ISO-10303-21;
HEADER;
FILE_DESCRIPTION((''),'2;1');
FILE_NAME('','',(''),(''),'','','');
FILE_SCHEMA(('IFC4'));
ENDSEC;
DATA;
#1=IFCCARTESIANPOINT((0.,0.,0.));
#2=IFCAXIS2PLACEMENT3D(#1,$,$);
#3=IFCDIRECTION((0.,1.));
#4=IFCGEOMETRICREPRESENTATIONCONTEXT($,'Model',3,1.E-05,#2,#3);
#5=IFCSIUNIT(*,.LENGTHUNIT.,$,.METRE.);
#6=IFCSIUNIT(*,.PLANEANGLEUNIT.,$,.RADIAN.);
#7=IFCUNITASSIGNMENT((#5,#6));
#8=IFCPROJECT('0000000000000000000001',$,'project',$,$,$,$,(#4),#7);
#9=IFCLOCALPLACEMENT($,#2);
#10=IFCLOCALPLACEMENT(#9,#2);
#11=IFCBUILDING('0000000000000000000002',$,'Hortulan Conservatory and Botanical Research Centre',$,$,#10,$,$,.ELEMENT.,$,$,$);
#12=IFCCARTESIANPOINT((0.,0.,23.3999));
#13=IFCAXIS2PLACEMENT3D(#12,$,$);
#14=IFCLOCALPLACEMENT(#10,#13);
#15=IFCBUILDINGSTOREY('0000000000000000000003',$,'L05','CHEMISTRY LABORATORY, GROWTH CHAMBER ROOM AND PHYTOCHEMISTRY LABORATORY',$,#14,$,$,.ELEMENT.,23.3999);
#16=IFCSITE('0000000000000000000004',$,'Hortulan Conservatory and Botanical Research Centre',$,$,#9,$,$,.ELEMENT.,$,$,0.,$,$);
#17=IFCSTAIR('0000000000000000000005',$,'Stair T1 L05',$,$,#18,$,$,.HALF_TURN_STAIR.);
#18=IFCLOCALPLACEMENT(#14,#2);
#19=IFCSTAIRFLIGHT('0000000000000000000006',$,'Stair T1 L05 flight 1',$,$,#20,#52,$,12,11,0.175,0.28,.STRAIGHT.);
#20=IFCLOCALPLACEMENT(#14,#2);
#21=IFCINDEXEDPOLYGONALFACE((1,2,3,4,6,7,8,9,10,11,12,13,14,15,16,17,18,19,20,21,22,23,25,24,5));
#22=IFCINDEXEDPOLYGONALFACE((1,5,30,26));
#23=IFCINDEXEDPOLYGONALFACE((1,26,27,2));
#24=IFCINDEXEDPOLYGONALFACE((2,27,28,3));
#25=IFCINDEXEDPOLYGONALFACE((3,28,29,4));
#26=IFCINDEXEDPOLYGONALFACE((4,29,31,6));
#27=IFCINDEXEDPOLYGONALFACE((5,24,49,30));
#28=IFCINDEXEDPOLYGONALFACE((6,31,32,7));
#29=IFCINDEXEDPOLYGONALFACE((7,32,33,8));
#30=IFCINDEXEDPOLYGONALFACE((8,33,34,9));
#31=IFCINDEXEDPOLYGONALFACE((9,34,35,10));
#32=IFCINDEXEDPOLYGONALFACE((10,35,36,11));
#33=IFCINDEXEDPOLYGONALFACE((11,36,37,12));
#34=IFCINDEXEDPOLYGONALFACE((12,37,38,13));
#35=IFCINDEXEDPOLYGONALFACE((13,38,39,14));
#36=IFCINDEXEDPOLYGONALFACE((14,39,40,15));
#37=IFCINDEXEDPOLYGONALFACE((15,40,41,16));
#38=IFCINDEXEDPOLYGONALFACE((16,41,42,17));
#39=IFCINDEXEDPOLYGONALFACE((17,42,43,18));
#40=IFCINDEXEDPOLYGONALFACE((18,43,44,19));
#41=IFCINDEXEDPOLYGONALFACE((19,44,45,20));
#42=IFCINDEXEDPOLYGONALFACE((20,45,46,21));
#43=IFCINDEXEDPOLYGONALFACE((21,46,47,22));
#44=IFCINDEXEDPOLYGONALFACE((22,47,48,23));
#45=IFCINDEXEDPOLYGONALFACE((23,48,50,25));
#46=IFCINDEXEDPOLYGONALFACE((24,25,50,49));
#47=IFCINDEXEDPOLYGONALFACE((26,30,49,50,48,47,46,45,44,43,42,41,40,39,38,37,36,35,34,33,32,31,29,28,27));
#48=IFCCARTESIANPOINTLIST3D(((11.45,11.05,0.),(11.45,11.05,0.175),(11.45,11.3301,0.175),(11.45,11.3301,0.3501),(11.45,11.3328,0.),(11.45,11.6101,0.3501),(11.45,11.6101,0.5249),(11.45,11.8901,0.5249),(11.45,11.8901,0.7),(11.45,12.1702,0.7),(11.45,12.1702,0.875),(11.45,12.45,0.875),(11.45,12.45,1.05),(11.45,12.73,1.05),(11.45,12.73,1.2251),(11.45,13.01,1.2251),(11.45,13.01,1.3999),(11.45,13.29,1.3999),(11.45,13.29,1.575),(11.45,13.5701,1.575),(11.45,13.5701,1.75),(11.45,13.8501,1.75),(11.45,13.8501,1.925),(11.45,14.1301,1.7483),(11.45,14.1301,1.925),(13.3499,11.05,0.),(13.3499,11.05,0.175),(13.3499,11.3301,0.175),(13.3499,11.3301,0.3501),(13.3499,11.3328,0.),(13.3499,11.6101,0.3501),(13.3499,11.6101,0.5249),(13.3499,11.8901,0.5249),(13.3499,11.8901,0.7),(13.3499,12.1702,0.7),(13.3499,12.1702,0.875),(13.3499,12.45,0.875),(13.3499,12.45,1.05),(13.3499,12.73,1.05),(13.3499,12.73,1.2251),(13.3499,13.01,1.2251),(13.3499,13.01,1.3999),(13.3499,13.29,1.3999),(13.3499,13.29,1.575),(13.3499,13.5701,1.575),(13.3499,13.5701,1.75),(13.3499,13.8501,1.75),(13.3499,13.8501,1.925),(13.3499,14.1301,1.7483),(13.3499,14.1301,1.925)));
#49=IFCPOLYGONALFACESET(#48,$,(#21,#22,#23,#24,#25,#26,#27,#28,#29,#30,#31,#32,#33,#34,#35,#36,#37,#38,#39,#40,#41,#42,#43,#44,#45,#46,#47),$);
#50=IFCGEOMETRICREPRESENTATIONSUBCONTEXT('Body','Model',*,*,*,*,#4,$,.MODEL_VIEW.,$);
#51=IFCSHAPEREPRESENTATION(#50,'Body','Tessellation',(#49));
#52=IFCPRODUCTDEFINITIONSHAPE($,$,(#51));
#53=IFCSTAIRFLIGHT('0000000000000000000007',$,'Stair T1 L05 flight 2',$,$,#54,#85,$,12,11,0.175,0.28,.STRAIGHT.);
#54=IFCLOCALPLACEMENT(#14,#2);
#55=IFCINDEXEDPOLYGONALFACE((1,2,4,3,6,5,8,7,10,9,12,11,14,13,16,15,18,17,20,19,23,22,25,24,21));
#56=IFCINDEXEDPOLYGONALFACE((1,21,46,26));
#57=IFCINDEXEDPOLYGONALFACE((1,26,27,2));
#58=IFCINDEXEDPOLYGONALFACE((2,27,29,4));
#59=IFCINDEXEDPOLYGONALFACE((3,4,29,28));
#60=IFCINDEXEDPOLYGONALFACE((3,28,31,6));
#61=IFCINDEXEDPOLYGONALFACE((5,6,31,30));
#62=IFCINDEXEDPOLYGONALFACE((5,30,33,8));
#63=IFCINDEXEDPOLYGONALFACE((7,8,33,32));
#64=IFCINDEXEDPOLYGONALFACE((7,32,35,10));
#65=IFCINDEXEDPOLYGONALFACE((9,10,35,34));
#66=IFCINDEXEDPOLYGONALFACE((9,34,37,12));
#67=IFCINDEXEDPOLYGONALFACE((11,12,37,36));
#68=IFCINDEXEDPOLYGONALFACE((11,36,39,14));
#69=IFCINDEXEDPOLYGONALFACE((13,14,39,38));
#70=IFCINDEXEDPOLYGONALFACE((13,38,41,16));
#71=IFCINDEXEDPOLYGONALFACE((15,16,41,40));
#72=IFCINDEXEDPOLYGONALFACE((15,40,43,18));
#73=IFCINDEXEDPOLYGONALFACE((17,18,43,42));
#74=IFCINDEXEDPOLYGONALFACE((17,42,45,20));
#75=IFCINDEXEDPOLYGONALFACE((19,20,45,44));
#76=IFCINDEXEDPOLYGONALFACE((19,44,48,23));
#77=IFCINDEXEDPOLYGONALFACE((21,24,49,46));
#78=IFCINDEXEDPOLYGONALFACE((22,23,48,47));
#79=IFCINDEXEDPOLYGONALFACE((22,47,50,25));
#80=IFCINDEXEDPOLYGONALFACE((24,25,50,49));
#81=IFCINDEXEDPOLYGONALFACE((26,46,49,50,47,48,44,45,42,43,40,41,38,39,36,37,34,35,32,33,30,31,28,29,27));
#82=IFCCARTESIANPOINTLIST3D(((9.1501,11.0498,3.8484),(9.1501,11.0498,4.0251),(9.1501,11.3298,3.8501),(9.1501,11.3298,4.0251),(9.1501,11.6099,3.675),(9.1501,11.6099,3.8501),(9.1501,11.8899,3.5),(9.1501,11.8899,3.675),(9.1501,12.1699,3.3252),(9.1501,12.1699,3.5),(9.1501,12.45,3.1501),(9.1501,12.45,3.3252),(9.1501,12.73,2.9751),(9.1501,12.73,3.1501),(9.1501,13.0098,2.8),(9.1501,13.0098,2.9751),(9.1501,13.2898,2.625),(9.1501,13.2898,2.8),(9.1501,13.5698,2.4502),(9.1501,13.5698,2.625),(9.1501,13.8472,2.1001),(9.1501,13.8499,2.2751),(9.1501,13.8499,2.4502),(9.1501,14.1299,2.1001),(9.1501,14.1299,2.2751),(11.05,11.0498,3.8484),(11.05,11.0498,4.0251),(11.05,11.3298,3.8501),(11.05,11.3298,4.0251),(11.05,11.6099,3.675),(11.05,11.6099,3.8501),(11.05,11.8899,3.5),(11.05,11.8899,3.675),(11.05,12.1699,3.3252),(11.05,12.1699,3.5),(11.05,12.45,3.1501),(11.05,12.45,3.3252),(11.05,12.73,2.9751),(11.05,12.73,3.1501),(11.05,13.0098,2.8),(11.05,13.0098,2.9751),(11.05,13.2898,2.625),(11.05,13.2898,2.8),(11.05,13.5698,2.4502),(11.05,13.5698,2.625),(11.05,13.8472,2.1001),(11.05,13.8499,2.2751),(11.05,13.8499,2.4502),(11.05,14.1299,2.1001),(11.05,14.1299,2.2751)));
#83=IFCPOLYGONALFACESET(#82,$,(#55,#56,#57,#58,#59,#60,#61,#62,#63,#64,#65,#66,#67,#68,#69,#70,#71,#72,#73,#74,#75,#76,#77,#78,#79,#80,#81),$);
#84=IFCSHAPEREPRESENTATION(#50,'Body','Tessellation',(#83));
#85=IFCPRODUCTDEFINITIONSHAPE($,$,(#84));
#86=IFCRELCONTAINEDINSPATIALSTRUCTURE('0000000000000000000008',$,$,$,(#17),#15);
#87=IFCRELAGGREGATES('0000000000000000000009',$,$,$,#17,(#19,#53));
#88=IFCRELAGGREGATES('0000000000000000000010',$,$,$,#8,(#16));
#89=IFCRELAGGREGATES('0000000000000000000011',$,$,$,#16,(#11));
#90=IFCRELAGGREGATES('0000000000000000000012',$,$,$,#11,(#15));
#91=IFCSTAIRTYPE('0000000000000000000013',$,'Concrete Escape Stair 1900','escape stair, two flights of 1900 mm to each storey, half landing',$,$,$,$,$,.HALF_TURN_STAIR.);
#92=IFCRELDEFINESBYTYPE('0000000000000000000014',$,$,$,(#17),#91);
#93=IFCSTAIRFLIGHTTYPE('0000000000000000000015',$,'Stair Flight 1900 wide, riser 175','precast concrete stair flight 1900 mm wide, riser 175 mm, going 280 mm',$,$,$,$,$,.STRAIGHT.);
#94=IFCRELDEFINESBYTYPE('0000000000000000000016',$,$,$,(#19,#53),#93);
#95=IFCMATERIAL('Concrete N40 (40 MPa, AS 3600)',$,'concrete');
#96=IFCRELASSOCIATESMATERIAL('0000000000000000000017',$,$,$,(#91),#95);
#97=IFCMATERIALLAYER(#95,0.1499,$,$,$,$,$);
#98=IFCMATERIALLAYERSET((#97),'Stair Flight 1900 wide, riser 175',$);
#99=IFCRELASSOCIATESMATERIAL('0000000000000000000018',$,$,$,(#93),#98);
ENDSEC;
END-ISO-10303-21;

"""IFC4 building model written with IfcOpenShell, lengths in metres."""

from ifc_helpers import new_model, si_unit, direction, frame, origin, place, context, subcontext, project, spatial, polyline, outline, extrude, material, layer, layer_set, type_object, element, aggregate, save


model = new_model("IFC4")

# Units and contexts
model_context = context("Model", 3, precision=1e-05, world=origin(), true_north=direction((0.0, 1.0)))
body_context = subcontext(model_context, "Body", "Model", "MODEL_VIEW")
ifc_project = project(units=[si_unit("LENGTHUNIT", "METRE"), si_unit("PLANEANGLEUNIT", "RADIAN")], contexts=[model_context])

# Site, building, storey
site_placement = place(None, origin())
site = spatial("IfcSite", under=ifc_project, at=site_placement, Name="Hortulan Conservatory and Botanical Research Centre", CompositionType="ELEMENT", RefElevation=0.0)
building_placement = place(site_placement, origin())
building = spatial("IfcBuilding", under=site, at=building_placement, Name="Hortulan Conservatory and Botanical Research Centre", CompositionType="ELEMENT")
storey_placement = place(building_placement, frame((0.0, 0.0, 23.3999)))
storey = spatial("IfcBuildingStorey", under=building, at=storey_placement, Name="L05", Description="CHEMISTRY LABORATORY, GROWTH CHAMBER ROOM AND PHYTOCHEMISTRY LABORATORY", CompositionType="ELEMENT", Elevation=23.3999)

# Stair, stair flights
ifc_material_1 = material(Name="Concrete N40 (40 MPa, AS 3600)", Category="concrete")
stair_type = type_object("IfcStairType", Name="Concrete Escape Stair 1900", Description="escape stair, two flights of 1900 mm to each storey, half landing", PredefinedType="HALF_TURN_STAIR", material=ifc_material_1)
stair_placement = place(storey_placement, origin())
stair = element("IfcStair", 1, at=stair_placement, inside=storey, type_object=stair_type, Name="Stair T1 L05", PredefinedType="HALF_TURN_STAIR")
ifc_layer_1 = layer(ifc_material_1, 0.1499)
ifc_layer_set_1 = layer_set([ifc_layer_1], Name="Stair Flight 1900 wide, riser 175")
stair_flight_type = type_object("IfcStairFlightType", Name="Stair Flight 1900 wide, riser 175", Description="precast concrete stair flight 1900 mm wide, riser 175 mm, going 280 mm", PredefinedType="STRAIGHT", material=ifc_layer_set_1)
stair_flight_1_placement = place(storey_placement, frame((12.3999, 11.05, 0.0), z_axis=(0.0, 0.0, 1.0), x_axis=(0.0, 1.0, 0.0)))
stair_flight_1 = element("IfcStairFlight", 2, at=stair_flight_1_placement, type_object=stair_flight_type, Name="Stair T1 L05 flight 1", NumberOfRisers=12, NumberOfTreads=11, PredefinedType="STRAIGHT", RiserHeight=0.175, TreadLength=0.28, context=body_context, shape_type="SweptSolid", body=[
    extrude(outline(polyline([(0.0, 0.0), (0.0, 0.175), (0.28, 0.175), (0.28, 0.3501), (0.5601, 0.3501), (0.5601, 0.5249), (0.8401, 0.5249), (0.8401, 0.7), (1.1201, 0.7), (1.1201, 0.875), (1.3999, 0.875), (1.3999, 1.05), (1.6799, 1.05), (1.6799, 1.2251), (1.96, 1.2251), (1.96, 1.3999), (2.24, 1.3999), (2.24, 1.575), (2.52, 1.575), (2.52, 1.75), (2.8, 1.75), (2.8, 1.925), (3.0801, 1.925), (3.0801, 2.1001), (3.0801, 1.7483), (0.2827, 0.0), (0.0, 0.0)])), frame((0.0, 0.95, 0.0), z_axis=(0.0, -1.0, 0.0), x_axis=(1.0, 0.0, 0.0)), (0.0, 0.0, 1.0), 1.8999),
])
stair_flight_2_placement = place(storey_placement, frame((10.1001, 14.1299, 2.1001), z_axis=(0.0, 0.0, 1.0), x_axis=(0.0, -1.0, 0.0)))
stair_flight_2 = element("IfcStairFlight", 3, at=stair_flight_2_placement, type_object=stair_flight_type, Name="Stair T1 L05 flight 2", NumberOfRisers=12, NumberOfTreads=11, PredefinedType="STRAIGHT", RiserHeight=0.175, TreadLength=0.28, context=body_context, shape_type="SweptSolid", body=[
    extrude(outline(polyline([(0.0, 0.0), (0.0, 0.175), (0.28, 0.175), (0.28, 0.3501), (0.5601, 0.3501), (0.5601, 0.5249), (0.8401, 0.5249), (0.8401, 0.7), (1.1201, 0.7), (1.1201, 0.875), (1.3999, 0.875), (1.3999, 1.05), (1.6799, 1.05), (1.6799, 1.2251), (1.96, 1.2251), (1.96, 1.3999), (2.24, 1.3999), (2.24, 1.575), (2.52, 1.575), (2.52, 1.75), (2.8, 1.75), (2.8, 1.925), (3.0801, 1.925), (3.0801, 2.1001), (3.0801, 1.7483), (0.2827, 0.0), (0.0, 0.0)])), frame((0.0, 0.95, 0.0), z_axis=(0.0, -1.0, 0.0), x_axis=(1.0, 0.0, 0.0)), (0.0, 0.0, 1.0), 1.8999),
])
aggregate(stair, [stair_flight_1, stair_flight_2])

save(model, "model.ifc")
